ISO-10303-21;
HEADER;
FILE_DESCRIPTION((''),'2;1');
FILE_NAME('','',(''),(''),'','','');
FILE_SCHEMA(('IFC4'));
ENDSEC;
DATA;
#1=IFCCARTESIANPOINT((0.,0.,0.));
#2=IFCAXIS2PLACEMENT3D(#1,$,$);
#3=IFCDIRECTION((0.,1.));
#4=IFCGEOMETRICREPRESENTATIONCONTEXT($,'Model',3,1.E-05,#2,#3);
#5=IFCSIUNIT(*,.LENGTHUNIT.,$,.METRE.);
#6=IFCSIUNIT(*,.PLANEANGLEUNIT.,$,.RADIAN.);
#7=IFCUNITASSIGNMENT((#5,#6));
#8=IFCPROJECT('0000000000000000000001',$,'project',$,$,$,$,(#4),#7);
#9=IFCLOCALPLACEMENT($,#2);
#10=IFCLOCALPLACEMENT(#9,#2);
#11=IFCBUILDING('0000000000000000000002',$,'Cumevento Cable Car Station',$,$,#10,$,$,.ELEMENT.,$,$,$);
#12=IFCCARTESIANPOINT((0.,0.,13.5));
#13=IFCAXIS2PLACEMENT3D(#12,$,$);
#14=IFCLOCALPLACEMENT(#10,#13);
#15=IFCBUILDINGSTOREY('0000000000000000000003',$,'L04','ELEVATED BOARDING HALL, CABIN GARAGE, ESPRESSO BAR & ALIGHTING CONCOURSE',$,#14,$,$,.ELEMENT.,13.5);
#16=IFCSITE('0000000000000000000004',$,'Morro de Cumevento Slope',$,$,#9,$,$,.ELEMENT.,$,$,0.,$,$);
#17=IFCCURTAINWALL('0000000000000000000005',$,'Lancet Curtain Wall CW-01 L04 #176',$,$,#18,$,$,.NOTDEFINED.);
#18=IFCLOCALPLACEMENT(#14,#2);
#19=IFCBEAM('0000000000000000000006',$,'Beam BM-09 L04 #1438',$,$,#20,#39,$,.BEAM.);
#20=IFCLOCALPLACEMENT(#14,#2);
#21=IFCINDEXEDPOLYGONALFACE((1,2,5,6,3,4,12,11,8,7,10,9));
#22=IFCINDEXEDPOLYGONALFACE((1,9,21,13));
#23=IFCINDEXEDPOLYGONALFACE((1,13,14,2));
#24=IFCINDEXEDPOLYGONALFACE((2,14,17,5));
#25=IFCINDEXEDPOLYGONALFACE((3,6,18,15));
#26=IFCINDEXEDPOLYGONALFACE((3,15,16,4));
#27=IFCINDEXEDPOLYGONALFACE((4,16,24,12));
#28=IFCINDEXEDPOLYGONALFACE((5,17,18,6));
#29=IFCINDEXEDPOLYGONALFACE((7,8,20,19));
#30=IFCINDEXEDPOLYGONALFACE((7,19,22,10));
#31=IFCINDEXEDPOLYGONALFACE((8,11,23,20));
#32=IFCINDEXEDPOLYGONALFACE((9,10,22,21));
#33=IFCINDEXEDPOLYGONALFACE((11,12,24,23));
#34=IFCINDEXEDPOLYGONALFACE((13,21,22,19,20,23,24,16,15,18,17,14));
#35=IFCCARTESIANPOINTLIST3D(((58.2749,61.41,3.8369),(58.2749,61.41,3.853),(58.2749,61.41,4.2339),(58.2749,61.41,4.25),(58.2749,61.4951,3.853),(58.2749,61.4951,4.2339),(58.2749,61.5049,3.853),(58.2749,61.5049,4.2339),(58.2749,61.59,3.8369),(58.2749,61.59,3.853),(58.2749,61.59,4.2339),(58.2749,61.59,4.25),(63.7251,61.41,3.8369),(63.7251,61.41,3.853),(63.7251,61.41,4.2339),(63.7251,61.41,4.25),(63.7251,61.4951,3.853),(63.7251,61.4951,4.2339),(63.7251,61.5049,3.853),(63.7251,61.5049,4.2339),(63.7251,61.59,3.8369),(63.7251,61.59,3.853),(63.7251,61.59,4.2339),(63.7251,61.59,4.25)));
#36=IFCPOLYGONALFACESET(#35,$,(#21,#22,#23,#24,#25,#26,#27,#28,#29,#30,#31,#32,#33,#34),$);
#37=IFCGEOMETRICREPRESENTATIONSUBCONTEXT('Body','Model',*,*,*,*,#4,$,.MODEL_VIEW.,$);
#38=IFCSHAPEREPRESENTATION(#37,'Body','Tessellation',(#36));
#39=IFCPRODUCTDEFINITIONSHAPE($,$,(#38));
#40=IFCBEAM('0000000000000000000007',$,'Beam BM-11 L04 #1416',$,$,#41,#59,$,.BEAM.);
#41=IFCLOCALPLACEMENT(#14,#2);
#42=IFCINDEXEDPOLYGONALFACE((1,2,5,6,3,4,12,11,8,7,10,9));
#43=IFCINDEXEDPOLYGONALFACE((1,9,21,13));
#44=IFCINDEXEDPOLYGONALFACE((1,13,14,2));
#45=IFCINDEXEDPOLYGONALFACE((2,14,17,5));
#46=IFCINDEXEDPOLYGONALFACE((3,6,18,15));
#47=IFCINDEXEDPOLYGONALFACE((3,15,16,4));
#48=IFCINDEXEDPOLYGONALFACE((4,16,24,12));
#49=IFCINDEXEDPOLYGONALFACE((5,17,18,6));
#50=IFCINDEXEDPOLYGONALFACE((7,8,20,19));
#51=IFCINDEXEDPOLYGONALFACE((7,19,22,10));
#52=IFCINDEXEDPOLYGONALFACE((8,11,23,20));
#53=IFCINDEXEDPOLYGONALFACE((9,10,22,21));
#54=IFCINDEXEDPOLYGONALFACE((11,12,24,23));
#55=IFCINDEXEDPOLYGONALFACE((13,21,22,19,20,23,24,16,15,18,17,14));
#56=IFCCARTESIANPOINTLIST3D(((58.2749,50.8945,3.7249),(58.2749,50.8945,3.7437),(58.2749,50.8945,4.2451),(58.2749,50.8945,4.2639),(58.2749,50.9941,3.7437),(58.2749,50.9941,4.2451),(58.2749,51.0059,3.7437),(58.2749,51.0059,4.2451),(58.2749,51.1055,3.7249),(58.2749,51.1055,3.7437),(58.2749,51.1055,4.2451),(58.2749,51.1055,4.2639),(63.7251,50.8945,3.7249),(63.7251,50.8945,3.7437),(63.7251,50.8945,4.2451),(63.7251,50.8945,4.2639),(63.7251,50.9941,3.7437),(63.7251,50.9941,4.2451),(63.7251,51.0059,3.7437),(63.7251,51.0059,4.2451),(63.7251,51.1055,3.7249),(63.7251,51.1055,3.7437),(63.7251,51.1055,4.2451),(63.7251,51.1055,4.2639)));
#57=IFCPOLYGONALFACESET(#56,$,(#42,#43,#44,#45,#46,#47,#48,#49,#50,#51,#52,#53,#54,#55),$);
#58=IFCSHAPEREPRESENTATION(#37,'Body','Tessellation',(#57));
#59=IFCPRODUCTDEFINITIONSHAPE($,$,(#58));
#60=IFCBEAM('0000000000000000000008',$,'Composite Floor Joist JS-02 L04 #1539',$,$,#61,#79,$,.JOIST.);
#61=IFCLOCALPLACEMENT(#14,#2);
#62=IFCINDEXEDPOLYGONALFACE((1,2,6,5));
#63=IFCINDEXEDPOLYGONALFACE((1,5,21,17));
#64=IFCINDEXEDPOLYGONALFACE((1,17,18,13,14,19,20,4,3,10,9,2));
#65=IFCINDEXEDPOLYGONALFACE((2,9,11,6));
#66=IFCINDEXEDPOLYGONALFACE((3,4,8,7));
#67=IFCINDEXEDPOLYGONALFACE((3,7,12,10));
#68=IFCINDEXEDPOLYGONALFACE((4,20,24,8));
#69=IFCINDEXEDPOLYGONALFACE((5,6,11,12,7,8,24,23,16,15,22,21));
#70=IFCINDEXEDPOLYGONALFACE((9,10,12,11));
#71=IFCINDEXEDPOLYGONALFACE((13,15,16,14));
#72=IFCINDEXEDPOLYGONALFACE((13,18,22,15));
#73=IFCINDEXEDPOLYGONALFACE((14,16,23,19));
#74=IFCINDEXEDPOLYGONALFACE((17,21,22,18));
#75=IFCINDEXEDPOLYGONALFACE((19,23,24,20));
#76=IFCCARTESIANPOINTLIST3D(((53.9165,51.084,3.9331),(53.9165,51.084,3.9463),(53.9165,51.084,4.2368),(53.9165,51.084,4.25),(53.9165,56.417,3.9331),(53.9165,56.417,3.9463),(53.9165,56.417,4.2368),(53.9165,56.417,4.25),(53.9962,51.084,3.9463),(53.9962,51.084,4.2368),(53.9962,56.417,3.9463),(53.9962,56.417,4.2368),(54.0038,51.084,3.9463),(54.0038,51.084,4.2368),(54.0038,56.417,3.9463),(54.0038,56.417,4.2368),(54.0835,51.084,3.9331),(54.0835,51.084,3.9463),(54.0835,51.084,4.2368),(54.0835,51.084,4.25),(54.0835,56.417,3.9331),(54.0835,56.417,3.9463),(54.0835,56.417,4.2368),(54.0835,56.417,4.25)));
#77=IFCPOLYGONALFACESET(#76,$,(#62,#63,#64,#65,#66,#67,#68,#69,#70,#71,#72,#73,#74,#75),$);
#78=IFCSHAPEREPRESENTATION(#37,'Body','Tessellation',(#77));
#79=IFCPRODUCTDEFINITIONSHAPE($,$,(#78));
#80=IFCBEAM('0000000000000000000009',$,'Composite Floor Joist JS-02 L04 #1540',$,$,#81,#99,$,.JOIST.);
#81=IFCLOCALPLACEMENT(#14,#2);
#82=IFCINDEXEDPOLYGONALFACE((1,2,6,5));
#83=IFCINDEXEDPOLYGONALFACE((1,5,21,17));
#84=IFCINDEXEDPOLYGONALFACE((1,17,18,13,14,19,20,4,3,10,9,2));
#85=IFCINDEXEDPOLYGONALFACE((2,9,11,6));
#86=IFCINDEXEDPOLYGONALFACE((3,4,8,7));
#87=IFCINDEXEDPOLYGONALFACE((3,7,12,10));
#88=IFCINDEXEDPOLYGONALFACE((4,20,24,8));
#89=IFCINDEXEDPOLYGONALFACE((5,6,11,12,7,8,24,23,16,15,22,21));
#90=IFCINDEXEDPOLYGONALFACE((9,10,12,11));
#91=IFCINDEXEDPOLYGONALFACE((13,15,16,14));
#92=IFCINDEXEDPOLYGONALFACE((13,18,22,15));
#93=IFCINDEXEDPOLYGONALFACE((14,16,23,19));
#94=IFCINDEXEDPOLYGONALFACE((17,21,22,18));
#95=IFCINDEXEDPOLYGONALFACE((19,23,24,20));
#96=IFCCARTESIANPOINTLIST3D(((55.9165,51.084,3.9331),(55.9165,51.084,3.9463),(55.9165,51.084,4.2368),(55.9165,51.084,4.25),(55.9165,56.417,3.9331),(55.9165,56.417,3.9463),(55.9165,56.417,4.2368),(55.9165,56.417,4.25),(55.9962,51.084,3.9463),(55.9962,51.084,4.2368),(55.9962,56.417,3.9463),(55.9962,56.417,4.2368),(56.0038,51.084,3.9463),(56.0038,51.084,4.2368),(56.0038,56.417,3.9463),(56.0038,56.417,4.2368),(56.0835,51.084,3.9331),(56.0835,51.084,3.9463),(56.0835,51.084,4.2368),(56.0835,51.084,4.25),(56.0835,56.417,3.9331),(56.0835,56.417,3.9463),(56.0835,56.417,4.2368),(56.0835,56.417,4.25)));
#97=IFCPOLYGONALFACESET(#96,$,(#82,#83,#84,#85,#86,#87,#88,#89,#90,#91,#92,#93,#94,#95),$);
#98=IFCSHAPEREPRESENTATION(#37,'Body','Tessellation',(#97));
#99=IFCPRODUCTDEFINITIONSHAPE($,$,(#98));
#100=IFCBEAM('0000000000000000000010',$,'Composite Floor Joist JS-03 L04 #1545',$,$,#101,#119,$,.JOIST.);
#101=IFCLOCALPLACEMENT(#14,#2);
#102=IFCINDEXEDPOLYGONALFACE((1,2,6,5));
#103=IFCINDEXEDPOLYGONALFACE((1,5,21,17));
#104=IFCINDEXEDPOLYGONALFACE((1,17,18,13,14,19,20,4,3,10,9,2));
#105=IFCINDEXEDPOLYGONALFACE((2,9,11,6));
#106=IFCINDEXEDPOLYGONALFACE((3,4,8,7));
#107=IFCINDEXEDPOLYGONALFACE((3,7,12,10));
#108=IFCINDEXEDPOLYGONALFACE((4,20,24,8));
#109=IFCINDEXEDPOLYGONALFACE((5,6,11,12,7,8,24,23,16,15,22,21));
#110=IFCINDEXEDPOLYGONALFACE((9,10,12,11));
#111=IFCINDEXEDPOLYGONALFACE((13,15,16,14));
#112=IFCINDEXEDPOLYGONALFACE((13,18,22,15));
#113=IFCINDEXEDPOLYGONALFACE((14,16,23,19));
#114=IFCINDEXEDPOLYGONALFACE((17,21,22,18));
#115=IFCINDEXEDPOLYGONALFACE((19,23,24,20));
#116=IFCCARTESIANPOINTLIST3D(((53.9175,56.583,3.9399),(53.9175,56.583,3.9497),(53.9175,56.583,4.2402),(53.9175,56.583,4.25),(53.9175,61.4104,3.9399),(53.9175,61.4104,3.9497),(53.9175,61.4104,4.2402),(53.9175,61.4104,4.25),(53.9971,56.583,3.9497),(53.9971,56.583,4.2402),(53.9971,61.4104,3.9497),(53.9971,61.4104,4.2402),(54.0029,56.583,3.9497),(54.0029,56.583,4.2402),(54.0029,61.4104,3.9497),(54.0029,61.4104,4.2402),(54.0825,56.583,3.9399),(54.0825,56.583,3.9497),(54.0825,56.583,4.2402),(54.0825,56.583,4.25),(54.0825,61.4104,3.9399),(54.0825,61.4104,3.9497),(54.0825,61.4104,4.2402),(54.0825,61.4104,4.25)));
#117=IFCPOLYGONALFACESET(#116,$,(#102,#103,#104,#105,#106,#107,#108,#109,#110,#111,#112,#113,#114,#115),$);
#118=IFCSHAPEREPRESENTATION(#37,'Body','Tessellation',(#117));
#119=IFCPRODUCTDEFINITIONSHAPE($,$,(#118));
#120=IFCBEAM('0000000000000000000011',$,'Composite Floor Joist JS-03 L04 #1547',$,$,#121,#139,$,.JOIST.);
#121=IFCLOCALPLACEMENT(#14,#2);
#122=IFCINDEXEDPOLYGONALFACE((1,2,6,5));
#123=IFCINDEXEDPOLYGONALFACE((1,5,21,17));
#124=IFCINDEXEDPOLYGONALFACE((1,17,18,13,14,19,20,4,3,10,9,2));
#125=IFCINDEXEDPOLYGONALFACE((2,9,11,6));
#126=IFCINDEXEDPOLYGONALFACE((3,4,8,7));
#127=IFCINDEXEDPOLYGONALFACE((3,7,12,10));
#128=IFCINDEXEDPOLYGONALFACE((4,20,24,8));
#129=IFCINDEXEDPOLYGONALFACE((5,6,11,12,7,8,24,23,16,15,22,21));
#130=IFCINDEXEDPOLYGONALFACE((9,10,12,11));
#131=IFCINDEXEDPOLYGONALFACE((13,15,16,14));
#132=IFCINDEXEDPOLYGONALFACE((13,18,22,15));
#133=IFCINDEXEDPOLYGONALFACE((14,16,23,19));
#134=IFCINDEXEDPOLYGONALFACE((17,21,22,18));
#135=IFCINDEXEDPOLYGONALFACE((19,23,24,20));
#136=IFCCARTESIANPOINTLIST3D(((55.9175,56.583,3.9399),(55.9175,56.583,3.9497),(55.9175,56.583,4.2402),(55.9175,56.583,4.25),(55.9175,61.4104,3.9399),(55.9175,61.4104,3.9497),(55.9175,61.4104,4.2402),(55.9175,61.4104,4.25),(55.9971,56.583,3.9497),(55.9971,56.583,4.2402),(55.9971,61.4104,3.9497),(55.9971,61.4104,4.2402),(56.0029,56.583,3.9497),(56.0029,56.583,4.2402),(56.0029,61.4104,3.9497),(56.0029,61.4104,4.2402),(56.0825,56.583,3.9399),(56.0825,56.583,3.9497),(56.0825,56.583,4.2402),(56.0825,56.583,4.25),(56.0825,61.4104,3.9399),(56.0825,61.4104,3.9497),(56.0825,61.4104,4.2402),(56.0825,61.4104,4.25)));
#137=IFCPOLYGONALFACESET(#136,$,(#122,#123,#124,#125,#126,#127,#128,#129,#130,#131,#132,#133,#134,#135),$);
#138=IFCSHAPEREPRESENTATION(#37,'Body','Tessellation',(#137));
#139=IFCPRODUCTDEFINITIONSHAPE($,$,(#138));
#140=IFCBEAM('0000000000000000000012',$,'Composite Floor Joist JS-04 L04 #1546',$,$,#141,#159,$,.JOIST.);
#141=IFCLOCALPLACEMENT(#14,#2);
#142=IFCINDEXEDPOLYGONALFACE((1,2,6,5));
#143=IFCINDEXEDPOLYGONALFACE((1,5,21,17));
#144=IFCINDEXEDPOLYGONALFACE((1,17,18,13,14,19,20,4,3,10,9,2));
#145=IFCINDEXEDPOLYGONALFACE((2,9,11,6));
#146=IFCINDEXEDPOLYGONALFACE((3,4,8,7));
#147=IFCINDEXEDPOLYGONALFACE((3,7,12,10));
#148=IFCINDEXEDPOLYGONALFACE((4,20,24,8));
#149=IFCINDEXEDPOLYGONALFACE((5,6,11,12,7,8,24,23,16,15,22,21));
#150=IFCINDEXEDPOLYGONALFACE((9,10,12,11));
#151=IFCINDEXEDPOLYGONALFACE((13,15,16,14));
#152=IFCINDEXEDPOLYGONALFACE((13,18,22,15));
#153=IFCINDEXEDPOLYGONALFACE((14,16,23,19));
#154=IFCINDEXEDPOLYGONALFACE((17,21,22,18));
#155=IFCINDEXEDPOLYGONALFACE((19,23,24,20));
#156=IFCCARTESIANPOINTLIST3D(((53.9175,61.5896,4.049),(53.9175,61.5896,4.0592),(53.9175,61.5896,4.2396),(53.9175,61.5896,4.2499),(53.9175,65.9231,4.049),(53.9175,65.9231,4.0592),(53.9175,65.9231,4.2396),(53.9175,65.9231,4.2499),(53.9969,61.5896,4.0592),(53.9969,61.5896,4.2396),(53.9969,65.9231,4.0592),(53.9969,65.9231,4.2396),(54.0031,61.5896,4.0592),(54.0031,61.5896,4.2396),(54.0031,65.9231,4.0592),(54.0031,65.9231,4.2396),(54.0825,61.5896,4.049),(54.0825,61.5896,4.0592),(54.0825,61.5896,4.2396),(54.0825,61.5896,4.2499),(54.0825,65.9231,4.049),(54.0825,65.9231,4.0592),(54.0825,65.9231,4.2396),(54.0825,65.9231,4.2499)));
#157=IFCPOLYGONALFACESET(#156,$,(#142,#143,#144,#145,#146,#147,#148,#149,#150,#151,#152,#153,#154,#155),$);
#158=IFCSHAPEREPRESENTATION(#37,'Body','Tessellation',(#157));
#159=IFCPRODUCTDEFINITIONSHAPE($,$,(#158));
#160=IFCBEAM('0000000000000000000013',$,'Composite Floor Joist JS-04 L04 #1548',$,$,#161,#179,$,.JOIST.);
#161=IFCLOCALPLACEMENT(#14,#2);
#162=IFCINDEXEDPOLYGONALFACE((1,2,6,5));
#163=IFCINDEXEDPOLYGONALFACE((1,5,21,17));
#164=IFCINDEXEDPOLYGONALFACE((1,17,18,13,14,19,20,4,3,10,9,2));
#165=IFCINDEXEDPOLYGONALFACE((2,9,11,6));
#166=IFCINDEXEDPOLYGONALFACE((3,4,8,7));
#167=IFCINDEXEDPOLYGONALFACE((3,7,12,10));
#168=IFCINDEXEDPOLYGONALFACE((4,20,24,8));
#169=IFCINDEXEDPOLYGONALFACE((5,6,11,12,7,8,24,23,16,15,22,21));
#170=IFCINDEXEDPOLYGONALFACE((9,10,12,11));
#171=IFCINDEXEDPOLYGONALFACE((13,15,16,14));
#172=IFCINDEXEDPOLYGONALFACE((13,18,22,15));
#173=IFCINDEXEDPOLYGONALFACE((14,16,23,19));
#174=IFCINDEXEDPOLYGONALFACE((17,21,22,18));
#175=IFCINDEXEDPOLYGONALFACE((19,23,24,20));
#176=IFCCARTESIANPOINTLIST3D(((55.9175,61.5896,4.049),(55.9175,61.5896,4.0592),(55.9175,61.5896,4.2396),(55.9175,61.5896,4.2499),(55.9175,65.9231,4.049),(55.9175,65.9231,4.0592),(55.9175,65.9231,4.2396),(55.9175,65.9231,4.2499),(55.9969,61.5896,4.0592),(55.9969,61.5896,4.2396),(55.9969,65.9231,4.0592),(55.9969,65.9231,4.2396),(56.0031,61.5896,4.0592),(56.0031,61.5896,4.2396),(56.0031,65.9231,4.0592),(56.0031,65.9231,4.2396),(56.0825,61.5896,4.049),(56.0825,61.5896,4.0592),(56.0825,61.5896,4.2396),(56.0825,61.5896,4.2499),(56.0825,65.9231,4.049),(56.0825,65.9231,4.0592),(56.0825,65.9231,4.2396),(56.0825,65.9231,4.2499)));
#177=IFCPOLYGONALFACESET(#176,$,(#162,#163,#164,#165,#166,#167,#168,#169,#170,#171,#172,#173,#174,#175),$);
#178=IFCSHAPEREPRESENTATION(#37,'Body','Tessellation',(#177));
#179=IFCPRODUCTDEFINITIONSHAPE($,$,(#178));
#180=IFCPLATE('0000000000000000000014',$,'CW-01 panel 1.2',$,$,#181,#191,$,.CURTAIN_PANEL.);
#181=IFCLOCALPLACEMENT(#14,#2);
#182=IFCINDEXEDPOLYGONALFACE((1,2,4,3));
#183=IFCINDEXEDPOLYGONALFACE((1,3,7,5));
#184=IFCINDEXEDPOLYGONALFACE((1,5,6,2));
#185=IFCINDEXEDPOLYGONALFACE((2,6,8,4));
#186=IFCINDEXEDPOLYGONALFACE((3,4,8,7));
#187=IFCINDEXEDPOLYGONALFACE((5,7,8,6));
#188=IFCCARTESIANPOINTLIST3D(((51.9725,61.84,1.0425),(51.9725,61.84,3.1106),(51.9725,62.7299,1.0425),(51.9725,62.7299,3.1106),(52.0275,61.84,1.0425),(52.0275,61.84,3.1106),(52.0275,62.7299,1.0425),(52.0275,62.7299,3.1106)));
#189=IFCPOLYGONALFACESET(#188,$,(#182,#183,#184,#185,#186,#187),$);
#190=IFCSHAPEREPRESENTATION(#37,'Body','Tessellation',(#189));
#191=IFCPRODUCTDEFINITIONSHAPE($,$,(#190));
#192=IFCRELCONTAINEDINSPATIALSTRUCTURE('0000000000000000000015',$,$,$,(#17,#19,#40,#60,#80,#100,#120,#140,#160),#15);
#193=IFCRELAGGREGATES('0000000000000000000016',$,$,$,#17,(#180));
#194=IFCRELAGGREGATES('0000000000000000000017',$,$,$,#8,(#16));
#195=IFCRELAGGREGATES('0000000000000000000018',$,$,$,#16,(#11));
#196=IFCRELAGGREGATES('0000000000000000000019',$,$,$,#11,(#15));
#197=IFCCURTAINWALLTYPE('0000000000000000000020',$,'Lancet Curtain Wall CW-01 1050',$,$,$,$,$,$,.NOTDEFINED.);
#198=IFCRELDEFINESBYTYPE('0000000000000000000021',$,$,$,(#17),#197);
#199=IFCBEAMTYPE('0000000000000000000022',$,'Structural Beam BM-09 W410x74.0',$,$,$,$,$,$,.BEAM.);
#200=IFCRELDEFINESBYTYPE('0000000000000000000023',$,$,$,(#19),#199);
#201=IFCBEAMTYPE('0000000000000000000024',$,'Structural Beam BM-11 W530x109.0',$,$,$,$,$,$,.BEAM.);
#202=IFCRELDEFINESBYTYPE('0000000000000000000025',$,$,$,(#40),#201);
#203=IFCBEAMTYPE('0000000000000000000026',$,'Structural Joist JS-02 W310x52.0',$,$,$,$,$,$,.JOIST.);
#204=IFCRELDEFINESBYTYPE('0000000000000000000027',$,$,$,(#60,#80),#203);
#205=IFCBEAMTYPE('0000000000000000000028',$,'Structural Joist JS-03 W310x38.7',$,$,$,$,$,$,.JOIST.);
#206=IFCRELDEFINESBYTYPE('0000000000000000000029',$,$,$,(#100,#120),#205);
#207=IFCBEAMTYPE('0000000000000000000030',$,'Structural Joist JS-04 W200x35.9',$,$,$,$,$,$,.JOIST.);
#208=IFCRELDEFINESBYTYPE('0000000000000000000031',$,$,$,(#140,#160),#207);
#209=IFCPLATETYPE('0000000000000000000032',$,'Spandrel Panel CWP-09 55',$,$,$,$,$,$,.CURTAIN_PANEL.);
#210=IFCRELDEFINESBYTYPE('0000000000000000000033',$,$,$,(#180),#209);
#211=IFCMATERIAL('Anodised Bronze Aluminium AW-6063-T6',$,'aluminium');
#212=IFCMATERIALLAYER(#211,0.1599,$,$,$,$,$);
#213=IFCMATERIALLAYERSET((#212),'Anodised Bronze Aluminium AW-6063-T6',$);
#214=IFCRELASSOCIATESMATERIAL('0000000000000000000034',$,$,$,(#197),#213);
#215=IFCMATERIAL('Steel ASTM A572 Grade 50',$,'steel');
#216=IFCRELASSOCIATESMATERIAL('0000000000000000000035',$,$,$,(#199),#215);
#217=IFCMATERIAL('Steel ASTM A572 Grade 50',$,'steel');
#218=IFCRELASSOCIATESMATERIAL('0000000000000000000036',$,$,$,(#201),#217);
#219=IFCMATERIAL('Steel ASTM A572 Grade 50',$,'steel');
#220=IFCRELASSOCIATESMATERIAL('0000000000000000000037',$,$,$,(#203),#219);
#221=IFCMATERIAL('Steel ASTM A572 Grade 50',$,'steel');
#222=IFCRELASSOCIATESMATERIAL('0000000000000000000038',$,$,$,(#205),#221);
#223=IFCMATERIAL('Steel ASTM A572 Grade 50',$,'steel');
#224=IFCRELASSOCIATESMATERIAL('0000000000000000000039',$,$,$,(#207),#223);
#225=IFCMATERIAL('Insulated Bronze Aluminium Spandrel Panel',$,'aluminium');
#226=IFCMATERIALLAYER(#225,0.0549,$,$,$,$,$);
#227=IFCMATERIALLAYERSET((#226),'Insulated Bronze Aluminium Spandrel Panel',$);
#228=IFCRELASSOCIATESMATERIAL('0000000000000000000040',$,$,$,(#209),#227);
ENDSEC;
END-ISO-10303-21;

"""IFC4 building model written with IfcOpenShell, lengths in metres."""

from ifc_helpers import new_model, si_unit, direction, frame, origin, origin_2d, place, context, subcontext, project, spatial, rectangle, i_section, extrude, material, layer, layer_set, material_profile, profile_set, type_object, element, aggregate, save


model = new_model("IFC4")

# Units and contexts
model_context = context("Model", 3, precision=1e-05, world=origin(), true_north=direction((0.0, 1.0)))
body_context = subcontext(model_context, "Body", "Model", "MODEL_VIEW")
ifc_project = project(units=[si_unit("LENGTHUNIT", "METRE"), si_unit("PLANEANGLEUNIT", "RADIAN")], contexts=[model_context])

# Site, building, storey
site_placement = place(None, origin())
site = spatial("IfcSite", under=ifc_project, at=site_placement, Name="Morro de Cumevento Slope", CompositionType="ELEMENT", RefElevation=0.0)
building_placement = place(site_placement, origin())
building = spatial("IfcBuilding", under=site, at=building_placement, Name="Cumevento Cable Car Station", CompositionType="ELEMENT")
storey_placement = place(building_placement, frame((0.0, 0.0, 13.5)))
storey = spatial("IfcBuildingStorey", under=building, at=storey_placement, Name="L04", Description="ELEVATED BOARDING HALL, CABIN GARAGE, ESPRESSO BAR & ALIGHTING CONCOURSE", CompositionType="ELEMENT", Elevation=13.5)

# Curtain wall
ifc_material_1 = material(Name="Anodised Bronze Aluminium AW-6063-T6", Category="aluminium")
ifc_layer_1 = layer(ifc_material_1, 0.1599)
ifc_layer_set_1 = layer_set([ifc_layer_1], Name="Anodised Bronze Aluminium AW-6063-T6")
curtain_wall_type = type_object("IfcCurtainWallType", Name="Lancet Curtain Wall CW-01 1050", PredefinedType="NOTDEFINED", material=ifc_layer_set_1)
curtain_wall_placement = place(storey_placement, origin())
curtain_wall = element("IfcCurtainWall", 1, at=curtain_wall_placement, inside=storey, type_object=curtain_wall_type, Name="Lancet Curtain Wall CW-01 L04 #176", PredefinedType="NOTDEFINED")

# Beams
ifc_material_2 = material(Name="Steel ASTM A572 Grade 50", Category="steel")
ifc_material_profile_1 = material_profile(ifc_material_2, i_section(OverallWidth=0.1799, OverallDepth=0.4131, WebThickness=0.0098, FlangeThickness=0.0161, at=origin_2d()), Name="W410x74.0")
ifc_profile_set_1 = profile_set([ifc_material_profile_1], Name="Steel ASTM A572 Grade 50")
beam_type_1 = type_object("IfcBeamType", Name="Structural Beam BM-09 W410x74.0", PredefinedType="BEAM", material=ifc_profile_set_1)
beam_1_placement = place(storey_placement, frame((58.2749, 61.5, 4.0435), z_axis=(1.0, 0.0, 0.0), x_axis=(0.0, 1.0, 0.0)))
element("IfcBeam", 2, at=beam_1_placement, inside=storey, type_object=beam_type_1, Name="Beam BM-09 L04 #1438", PredefinedType="BEAM", context=body_context, shape_type="SweptSolid", body=[
    extrude(i_section(OverallWidth=0.1799, OverallDepth=0.4131, WebThickness=0.0098, FlangeThickness=0.0161, at=origin_2d()), origin(), (0.0, 0.0, 1.0), 5.4502),
])
ifc_material_3 = material(Name="Steel ASTM A572 Grade 50", Category="steel")
ifc_material_profile_2 = material_profile(ifc_material_3, i_section(OverallWidth=0.2109, OverallDepth=0.5391, WebThickness=0.0117, FlangeThickness=0.0188, at=origin_2d()), Name="W530x109.0")
ifc_profile_set_2 = profile_set([ifc_material_profile_2], Name="Steel ASTM A572 Grade 50")
beam_type_2 = type_object("IfcBeamType", Name="Structural Beam BM-11 W530x109.0", PredefinedType="BEAM", material=ifc_profile_set_2)
beam_2_placement = place(storey_placement, frame((58.2749, 51.0, 3.9944), z_axis=(1.0, 0.0, 0.0), x_axis=(0.0, 1.0, 0.0)))
element("IfcBeam", 3, at=beam_2_placement, inside=storey, type_object=beam_type_2, Name="Beam BM-11 L04 #1416", PredefinedType="BEAM", context=body_context, shape_type="SweptSolid", body=[
    extrude(i_section(OverallWidth=0.2109, OverallDepth=0.5391, WebThickness=0.0117, FlangeThickness=0.0188, at=origin_2d()), origin(), (0.0, 0.0, 1.0), 5.4502),
])
ifc_material_4 = material(Name="Steel ASTM A572 Grade 50", Category="steel")
ifc_material_profile_3 = material_profile(ifc_material_4, i_section(OverallWidth=0.167, OverallDepth=0.3169, WebThickness=0.0076, FlangeThickness=0.0132, at=origin_2d()), Name="W310x52.0")
ifc_profile_set_3 = profile_set([ifc_material_profile_3], Name="Steel ASTM A572 Grade 50")
beam_type_3 = type_object("IfcBeamType", Name="Structural Joist JS-02 W310x52.0", PredefinedType="JOIST", material=ifc_profile_set_3)
for number, where, z_axis, x_axis, name in (
    (4, (54.0, 51.084, 4.0916), (0.0, 1.0, 0.0), (-1.0, 0.0, 0.0), "Composite Floor Joist JS-02 L04 #1539"),
    (5, (56.0, 51.084, 4.0916), (0.0, 1.0, 0.0), (-1.0, 0.0, 0.0), "Composite Floor Joist JS-02 L04 #1540"),
):
    element("IfcBeam", number, at=place(storey_placement, frame(where, z_axis=z_axis, x_axis=x_axis)), inside=storey, type_object=beam_type_3, Name=name, PredefinedType="JOIST", context=body_context, shape_type="SweptSolid", body=[
        extrude(i_section(OverallWidth=0.167, OverallDepth=0.3169, WebThickness=0.0076, FlangeThickness=0.0132, at=origin_2d()), origin(), (0.0, 0.0, 1.0), 5.333),
    ])
ifc_material_5 = material(Name="Steel ASTM A572 Grade 50", Category="steel")
ifc_material_profile_4 = material_profile(ifc_material_5, i_section(OverallWidth=0.165, OverallDepth=0.3101, WebThickness=0.0059, FlangeThickness=0.0098, at=origin_2d()), Name="W310x38.7")
ifc_profile_set_4 = profile_set([ifc_material_profile_4], Name="Steel ASTM A572 Grade 50")
beam_type_4 = type_object("IfcBeamType", Name="Structural Joist JS-03 W310x38.7", PredefinedType="JOIST", material=ifc_profile_set_4)
for number, where, z_axis, x_axis, name in (
    (6, (54.0, 56.583, 4.095), (0.0, 1.0, 0.0), (-1.0, 0.0, 0.0), "Composite Floor Joist JS-03 L04 #1545"),
    (7, (56.0, 56.583, 4.095), (0.0, 1.0, 0.0), (-1.0, 0.0, 0.0), "Composite Floor Joist JS-03 L04 #1547"),
):
    element("IfcBeam", number, at=place(storey_placement, frame(where, z_axis=z_axis, x_axis=x_axis)), inside=storey, type_object=beam_type_4, Name=name, PredefinedType="JOIST", context=body_context, shape_type="SweptSolid", body=[
        extrude(i_section(OverallWidth=0.165, OverallDepth=0.3101, WebThickness=0.0059, FlangeThickness=0.0098, at=origin_2d()), origin(), (0.0, 0.0, 1.0), 4.8274),
    ])
ifc_material_6 = material(Name="Steel ASTM A572 Grade 50", Category="steel")
ifc_material_profile_5 = material_profile(ifc_material_6, i_section(OverallWidth=0.165, OverallDepth=0.2009, WebThickness=0.0061, FlangeThickness=0.0103, at=origin_2d()), Name="W200x35.9")
ifc_profile_set_5 = profile_set([ifc_material_profile_5], Name="Steel ASTM A572 Grade 50")
beam_type_5 = type_object("IfcBeamType", Name="Structural Joist JS-04 W200x35.9", PredefinedType="JOIST", material=ifc_profile_set_5)
for number, where, z_axis, x_axis, name in (
    (8, (54.0, 61.5896, 4.1494), (0.0, 1.0, 0.0), (-1.0, 0.0, 0.0), "Composite Floor Joist JS-04 L04 #1546"),
    (9, (56.0, 61.5896, 4.1494), (0.0, 1.0, 0.0), (-1.0, 0.0, 0.0), "Composite Floor Joist JS-04 L04 #1548"),
):
    element("IfcBeam", number, at=place(storey_placement, frame(where, z_axis=z_axis, x_axis=x_axis)), inside=storey, type_object=beam_type_5, Name=name, PredefinedType="JOIST", context=body_context, shape_type="SweptSolid", body=[
        extrude(i_section(OverallWidth=0.165, OverallDepth=0.2009, WebThickness=0.0061, FlangeThickness=0.0103, at=origin_2d()), origin(), (0.0, 0.0, 1.0), 4.3335),
    ])

# Plate
ifc_material_7 = material(Name="Insulated Bronze Aluminium Spandrel Panel", Category="aluminium")
ifc_layer_2 = layer(ifc_material_7, 0.0549)
ifc_layer_set_2 = layer_set([ifc_layer_2], Name="Insulated Bronze Aluminium Spandrel Panel")
plate_type = type_object("IfcPlateType", Name="Spandrel Panel CWP-09 55", PredefinedType="CURTAIN_PANEL", material=ifc_layer_set_2)
plate_1_placement = place(storey_placement, frame((52.0, 62.2849, 1.0425), z_axis=(0.0, 0.0, 1.0), x_axis=(0.0, 1.0, 0.0)))
plate_1 = element("IfcPlate", 10, at=plate_1_placement, type_object=plate_type, Name="CW-01 panel 1.2", PredefinedType="CURTAIN_PANEL", context=body_context, shape_type="SweptSolid", body=[
    extrude(rectangle(XDim=0.8899, YDim=0.0549, at=origin_2d()), origin(), (0.0, 0.0, 1.0), 2.0681),
])
aggregate(curtain_wall, [plate_1])

save(model, "model.ifc")
